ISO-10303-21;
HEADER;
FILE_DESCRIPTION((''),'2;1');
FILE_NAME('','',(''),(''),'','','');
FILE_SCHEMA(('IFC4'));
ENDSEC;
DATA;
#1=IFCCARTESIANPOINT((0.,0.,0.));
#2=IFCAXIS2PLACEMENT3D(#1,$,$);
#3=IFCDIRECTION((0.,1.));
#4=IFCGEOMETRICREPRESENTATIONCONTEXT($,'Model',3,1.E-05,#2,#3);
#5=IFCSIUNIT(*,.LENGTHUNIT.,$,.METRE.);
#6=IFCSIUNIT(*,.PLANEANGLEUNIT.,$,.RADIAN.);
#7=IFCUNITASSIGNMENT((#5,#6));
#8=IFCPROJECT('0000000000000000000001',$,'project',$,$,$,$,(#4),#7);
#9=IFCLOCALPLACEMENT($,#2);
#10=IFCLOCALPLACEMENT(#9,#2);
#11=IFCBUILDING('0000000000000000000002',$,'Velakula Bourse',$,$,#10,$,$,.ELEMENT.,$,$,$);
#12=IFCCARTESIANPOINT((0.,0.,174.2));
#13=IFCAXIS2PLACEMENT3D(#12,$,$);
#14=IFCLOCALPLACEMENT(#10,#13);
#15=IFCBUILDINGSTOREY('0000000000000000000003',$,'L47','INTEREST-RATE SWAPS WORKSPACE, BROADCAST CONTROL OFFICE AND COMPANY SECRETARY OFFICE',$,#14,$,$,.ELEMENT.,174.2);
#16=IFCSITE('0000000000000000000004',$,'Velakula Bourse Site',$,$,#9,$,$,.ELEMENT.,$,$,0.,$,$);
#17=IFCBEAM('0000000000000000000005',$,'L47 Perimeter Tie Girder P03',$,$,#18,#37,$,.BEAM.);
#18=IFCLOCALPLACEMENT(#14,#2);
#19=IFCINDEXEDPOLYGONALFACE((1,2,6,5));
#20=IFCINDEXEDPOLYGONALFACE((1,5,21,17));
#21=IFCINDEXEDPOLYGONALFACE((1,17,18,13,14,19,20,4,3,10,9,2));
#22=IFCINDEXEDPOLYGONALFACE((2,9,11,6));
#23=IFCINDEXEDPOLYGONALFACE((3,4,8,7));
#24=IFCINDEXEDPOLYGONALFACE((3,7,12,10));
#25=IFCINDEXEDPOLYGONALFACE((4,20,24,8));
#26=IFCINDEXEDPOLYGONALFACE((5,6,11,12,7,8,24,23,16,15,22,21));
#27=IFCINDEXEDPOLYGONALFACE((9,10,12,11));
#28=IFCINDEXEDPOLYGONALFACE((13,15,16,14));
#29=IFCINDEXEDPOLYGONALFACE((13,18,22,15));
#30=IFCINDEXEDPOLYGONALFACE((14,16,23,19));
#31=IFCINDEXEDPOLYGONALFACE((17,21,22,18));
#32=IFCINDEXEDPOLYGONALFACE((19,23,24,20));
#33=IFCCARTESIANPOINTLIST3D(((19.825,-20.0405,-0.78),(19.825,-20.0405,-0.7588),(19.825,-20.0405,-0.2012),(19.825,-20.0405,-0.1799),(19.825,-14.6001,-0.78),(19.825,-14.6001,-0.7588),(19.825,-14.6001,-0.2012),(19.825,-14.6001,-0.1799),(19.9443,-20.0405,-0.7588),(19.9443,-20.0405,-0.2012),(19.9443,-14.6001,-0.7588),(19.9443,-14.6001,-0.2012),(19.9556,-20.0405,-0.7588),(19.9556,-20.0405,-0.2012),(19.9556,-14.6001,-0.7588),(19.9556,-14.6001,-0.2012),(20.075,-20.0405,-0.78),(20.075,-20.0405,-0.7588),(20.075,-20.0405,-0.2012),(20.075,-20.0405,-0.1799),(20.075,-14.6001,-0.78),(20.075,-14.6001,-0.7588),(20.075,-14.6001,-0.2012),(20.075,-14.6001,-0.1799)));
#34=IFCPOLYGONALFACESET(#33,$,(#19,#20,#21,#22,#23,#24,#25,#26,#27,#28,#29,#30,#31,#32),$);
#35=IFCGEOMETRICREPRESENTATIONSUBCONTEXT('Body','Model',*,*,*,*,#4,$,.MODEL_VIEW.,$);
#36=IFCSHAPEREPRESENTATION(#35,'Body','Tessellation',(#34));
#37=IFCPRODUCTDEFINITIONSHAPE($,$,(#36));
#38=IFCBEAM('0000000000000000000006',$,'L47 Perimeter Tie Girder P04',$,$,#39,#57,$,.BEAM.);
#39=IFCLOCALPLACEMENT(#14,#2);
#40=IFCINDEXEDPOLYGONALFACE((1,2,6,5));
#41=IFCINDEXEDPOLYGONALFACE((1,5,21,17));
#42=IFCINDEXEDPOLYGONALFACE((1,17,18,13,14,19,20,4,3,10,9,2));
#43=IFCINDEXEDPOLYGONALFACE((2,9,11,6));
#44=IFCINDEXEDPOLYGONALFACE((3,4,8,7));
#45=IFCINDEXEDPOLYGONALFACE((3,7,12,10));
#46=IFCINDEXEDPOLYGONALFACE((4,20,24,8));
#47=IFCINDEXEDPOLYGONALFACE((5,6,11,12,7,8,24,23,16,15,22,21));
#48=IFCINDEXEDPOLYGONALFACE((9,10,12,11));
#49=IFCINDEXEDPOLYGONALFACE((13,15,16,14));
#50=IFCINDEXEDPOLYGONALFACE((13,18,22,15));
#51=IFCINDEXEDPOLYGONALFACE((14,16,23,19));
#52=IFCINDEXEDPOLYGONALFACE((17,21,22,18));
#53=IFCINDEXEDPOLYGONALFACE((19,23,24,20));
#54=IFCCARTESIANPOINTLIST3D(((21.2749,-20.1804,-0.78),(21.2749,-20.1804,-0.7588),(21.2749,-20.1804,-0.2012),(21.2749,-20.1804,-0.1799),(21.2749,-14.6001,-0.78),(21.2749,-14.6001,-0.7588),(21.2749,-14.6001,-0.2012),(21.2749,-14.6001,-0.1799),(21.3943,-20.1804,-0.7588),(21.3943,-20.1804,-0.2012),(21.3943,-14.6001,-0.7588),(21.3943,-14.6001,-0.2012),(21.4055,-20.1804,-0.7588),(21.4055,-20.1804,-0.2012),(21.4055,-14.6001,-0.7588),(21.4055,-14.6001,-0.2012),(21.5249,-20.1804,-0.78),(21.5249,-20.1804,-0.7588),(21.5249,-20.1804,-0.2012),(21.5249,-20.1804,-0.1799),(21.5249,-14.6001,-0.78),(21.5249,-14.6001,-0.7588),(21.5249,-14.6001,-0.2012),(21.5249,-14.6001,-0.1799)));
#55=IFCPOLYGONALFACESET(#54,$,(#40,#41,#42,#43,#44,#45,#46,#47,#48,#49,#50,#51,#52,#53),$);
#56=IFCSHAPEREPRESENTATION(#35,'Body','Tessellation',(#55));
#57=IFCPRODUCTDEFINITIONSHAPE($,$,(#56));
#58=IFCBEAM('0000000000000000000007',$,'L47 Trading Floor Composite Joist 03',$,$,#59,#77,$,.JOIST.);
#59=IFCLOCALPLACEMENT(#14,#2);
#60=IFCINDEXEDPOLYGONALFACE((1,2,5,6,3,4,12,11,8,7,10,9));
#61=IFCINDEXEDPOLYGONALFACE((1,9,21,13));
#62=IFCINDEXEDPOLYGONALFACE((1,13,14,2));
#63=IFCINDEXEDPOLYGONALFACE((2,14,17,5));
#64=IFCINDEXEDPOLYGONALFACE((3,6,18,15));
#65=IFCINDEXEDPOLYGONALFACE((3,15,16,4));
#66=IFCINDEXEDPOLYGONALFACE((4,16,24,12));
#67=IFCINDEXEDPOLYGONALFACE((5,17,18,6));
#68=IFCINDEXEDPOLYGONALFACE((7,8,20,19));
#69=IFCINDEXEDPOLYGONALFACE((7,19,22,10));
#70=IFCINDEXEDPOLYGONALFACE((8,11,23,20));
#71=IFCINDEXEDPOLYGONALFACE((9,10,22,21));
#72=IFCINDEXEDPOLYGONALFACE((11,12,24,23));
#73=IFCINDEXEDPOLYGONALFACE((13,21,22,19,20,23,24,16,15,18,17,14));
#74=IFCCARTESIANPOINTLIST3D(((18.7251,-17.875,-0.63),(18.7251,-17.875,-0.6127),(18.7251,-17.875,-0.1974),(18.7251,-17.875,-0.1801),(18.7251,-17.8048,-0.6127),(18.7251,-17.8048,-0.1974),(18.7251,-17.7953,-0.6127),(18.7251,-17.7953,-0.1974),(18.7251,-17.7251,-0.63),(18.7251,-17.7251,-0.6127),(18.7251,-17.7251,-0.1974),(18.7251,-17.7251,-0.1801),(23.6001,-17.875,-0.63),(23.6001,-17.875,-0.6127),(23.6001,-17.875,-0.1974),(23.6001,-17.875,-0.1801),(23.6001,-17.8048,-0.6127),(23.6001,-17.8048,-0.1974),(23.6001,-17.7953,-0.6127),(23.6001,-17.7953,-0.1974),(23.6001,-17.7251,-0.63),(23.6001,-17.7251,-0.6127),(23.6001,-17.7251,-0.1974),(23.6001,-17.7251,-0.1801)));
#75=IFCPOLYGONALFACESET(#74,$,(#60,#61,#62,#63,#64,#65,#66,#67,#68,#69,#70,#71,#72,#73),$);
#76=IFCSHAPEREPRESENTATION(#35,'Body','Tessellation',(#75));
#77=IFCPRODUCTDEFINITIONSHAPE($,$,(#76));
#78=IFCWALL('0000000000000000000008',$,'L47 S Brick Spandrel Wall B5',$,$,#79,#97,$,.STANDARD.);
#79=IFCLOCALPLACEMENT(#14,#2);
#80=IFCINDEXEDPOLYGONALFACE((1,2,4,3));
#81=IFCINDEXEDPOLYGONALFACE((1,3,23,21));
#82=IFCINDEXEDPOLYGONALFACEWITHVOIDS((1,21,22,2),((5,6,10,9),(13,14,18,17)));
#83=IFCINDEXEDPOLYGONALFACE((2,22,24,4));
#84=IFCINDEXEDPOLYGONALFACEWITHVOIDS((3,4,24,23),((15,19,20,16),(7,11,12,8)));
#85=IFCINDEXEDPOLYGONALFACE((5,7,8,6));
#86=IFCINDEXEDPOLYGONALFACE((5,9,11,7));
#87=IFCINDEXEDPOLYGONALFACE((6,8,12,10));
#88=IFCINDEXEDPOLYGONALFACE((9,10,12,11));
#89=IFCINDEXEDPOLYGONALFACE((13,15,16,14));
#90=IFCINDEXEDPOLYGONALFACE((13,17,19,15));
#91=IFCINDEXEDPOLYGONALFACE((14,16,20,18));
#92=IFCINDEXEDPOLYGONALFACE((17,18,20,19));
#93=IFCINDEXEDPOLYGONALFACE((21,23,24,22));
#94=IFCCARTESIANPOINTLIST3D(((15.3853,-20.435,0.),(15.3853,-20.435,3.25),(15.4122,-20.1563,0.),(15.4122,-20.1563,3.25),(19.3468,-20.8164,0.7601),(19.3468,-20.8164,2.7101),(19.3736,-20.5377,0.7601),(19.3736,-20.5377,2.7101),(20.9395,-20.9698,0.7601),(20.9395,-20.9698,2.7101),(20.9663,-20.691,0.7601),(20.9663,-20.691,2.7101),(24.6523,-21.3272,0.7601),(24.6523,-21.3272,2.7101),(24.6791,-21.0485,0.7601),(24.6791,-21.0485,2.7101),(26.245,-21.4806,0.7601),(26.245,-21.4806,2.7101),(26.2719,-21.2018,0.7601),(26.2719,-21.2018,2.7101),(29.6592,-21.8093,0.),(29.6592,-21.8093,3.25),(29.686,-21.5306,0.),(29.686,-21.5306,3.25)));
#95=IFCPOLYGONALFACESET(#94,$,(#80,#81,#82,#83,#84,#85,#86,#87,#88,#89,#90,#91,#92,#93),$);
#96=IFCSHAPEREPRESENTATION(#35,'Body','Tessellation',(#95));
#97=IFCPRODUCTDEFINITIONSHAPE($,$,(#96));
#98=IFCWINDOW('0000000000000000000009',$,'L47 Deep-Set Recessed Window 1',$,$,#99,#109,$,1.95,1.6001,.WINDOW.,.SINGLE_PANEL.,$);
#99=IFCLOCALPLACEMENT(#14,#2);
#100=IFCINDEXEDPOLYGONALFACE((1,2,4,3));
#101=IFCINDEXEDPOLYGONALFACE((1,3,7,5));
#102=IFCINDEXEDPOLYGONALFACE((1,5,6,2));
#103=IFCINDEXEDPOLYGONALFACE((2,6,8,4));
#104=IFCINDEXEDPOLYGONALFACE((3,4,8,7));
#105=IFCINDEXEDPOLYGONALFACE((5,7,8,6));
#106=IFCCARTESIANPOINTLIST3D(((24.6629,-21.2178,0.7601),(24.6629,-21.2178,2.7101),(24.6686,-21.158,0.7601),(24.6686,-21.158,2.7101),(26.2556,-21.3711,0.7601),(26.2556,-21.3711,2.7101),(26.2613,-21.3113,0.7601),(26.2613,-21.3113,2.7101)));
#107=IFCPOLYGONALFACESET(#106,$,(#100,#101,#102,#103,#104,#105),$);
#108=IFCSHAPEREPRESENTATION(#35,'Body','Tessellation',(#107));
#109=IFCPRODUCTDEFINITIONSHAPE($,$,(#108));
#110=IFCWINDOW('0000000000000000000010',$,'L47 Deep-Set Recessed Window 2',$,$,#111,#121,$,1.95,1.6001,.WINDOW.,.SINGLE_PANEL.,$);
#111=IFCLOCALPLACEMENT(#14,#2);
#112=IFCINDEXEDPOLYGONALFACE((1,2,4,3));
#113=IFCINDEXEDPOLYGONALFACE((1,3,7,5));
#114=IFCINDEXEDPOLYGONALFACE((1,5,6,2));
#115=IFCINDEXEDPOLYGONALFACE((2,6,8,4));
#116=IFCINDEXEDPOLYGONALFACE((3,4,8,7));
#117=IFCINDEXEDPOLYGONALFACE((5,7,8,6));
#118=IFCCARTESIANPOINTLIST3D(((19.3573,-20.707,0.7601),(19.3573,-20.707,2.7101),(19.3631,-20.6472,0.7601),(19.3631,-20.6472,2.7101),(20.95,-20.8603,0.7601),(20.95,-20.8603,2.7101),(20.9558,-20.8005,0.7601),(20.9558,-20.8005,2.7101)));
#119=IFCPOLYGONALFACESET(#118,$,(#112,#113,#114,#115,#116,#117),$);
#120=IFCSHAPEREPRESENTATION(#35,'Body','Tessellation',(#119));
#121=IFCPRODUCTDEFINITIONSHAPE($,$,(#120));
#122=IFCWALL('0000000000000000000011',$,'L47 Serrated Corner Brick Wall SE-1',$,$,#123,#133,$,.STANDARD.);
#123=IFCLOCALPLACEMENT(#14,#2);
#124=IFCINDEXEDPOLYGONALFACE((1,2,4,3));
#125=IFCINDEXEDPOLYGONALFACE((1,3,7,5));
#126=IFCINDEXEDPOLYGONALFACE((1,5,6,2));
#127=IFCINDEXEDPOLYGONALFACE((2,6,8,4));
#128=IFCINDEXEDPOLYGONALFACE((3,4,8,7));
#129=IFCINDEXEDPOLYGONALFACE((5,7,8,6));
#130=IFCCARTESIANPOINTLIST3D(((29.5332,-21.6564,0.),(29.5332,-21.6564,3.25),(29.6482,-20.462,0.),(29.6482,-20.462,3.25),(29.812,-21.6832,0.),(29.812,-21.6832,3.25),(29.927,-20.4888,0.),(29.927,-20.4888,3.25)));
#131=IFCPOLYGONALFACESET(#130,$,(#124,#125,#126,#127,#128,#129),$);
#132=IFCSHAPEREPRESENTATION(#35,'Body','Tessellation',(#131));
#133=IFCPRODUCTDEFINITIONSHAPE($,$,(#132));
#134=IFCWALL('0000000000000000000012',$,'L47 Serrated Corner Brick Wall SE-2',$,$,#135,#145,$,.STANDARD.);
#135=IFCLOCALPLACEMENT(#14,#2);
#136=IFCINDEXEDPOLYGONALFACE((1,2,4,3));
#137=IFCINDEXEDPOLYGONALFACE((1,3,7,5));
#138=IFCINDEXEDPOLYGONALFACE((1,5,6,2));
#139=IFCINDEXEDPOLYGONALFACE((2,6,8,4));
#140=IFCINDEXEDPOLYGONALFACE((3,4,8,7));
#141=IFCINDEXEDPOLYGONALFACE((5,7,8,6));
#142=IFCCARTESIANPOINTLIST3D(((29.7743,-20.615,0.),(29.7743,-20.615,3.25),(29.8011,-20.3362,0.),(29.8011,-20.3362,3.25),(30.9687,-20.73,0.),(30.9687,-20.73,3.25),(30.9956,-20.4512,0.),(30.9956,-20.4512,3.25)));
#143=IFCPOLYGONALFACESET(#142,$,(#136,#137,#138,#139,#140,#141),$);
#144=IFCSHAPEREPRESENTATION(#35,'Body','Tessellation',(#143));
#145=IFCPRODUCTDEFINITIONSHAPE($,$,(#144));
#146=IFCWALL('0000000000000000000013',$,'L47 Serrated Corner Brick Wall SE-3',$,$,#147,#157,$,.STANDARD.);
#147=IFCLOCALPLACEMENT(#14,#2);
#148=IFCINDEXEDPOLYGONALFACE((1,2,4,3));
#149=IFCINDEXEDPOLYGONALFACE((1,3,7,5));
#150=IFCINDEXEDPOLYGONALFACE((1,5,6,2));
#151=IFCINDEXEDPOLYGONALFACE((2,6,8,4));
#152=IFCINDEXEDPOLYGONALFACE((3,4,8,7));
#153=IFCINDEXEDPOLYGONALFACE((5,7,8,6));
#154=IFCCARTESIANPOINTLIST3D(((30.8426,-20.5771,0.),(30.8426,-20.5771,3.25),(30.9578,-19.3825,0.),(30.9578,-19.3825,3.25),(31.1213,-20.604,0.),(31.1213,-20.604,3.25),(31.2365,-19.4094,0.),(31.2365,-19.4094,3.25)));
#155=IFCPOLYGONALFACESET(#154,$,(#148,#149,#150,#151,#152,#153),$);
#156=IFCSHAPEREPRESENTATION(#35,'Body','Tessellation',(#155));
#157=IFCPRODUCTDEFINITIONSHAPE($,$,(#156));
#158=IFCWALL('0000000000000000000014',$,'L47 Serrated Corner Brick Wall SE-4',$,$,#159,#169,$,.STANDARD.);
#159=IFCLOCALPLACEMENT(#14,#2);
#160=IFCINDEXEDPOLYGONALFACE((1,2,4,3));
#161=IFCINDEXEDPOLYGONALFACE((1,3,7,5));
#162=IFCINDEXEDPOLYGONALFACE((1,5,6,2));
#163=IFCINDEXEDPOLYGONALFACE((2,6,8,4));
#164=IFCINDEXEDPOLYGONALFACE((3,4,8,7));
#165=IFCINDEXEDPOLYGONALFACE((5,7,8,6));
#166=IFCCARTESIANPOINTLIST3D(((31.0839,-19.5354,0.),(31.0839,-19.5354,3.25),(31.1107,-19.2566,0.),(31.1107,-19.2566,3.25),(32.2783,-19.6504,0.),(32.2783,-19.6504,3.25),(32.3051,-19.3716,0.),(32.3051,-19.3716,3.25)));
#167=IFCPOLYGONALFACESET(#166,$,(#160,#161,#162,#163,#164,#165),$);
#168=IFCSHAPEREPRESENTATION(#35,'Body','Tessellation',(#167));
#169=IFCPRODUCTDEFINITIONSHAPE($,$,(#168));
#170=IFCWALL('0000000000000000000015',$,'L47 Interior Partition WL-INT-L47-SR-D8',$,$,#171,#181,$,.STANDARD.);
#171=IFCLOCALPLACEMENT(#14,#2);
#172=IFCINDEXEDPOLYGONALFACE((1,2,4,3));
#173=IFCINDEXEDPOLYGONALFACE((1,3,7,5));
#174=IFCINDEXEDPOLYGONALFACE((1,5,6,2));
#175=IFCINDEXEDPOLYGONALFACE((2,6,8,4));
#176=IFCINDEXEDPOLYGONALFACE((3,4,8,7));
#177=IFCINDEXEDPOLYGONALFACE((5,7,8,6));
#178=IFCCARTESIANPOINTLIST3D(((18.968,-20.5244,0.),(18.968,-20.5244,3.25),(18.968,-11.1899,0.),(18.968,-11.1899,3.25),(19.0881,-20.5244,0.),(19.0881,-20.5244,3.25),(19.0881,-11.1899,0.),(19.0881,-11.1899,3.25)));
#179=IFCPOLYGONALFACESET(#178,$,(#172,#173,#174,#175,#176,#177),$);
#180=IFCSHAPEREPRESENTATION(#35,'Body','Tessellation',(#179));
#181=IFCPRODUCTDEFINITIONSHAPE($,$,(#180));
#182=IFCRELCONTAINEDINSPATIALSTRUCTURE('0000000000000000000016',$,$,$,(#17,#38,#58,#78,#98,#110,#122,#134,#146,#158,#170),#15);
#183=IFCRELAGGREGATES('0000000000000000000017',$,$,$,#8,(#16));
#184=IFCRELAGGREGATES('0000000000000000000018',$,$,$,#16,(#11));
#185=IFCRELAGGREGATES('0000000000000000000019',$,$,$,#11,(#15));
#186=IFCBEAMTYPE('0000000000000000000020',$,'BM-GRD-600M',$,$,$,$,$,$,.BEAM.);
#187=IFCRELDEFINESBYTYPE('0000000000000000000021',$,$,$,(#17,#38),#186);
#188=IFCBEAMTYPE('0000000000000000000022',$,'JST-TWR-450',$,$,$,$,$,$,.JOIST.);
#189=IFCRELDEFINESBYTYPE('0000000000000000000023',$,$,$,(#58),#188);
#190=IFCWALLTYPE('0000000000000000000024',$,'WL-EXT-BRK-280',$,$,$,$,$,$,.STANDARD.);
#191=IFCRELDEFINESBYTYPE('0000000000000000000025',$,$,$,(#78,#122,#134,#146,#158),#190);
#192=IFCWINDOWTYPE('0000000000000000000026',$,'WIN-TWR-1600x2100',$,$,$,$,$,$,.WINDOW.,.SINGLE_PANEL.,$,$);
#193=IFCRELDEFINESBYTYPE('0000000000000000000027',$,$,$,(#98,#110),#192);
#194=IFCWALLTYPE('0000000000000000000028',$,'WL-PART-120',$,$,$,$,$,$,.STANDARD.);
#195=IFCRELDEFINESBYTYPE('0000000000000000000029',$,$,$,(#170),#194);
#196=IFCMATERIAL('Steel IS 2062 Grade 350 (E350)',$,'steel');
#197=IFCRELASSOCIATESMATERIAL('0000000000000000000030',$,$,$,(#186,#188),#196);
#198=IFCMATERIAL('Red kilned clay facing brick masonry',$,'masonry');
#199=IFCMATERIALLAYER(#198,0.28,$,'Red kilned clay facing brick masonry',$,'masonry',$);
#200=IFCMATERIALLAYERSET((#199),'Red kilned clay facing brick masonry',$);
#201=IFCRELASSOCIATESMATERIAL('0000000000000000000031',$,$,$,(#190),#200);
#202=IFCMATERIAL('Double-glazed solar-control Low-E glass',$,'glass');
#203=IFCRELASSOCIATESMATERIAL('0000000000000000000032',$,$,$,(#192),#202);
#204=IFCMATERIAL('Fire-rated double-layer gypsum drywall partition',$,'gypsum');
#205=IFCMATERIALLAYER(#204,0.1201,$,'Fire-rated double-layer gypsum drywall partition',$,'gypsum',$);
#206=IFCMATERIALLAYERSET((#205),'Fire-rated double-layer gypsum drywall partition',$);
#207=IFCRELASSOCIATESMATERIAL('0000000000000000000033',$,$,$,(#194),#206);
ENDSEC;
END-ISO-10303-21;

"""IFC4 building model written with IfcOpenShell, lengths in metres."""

from ifc_helpers import new_model, si_unit, direction, frame, frame_2d, origin, origin_2d, place, context, subcontext, project, spatial, rectangle, i_section, extrude, material, layer, layer_set, material_profile, profile_set, type_object, element, fill, save


model = new_model("IFC4")

# Units and contexts
model_context = context("Model", 3, precision=1e-05, world=origin(), true_north=direction((0.0, 1.0)))
body_context = subcontext(model_context, "Body", "Model", "MODEL_VIEW")
ifc_project = project(units=[si_unit("LENGTHUNIT", "METRE"), si_unit("PLANEANGLEUNIT", "RADIAN")], contexts=[model_context])

# Site, building, storey
site_placement = place(None, origin())
site = spatial("IfcSite", under=ifc_project, at=site_placement, Name="Velakula Bourse Site", CompositionType="ELEMENT", RefElevation=0.0)
building_placement = place(site_placement, origin())
building = spatial("IfcBuilding", under=site, at=building_placement, Name="Velakula Bourse", CompositionType="ELEMENT")
storey_placement = place(building_placement, frame((0.0, 0.0, 174.2)))
storey = spatial("IfcBuildingStorey", under=building, at=storey_placement, Name="L47", Description="INTEREST-RATE SWAPS WORKSPACE, BROADCAST CONTROL OFFICE AND COMPANY SECRETARY OFFICE", CompositionType="ELEMENT", Elevation=174.2)

# Shared definitions
ifc_material_1 = material(Name="Steel IS 2062 Grade 350 (E350)", Category="steel")

# Beams
ifc_material_profile_1 = material_profile(ifc_material_1, i_section(OverallWidth=0.25, OverallDepth=0.6001, WebThickness=0.0112, FlangeThickness=0.0212, at=origin_2d()), Name="Steel IS 2062 Grade 350 (E350)")
ifc_profile_set_1 = profile_set([ifc_material_profile_1], Name="Steel IS 2062 Grade 350 (E350)")
beam_type_1 = type_object("IfcBeamType", Name="BM-GRD-600M", PredefinedType="BEAM", material=ifc_profile_set_1)
beam_1_placement = place(storey_placement, frame((19.95, -14.6001, -0.48), z_axis=(0.0, -1.0, 0.0), x_axis=(1.0, 0.0, 0.0)))
element("IfcBeam", 1, at=beam_1_placement, inside=storey, type_object=beam_type_1, Name="L47 Perimeter Tie Girder P03", PredefinedType="BEAM", context=body_context, shape_type="SweptSolid", body=[
    extrude(i_section(OverallWidth=0.25, OverallDepth=0.6001, WebThickness=0.0112, FlangeThickness=0.0212, at=origin_2d()), origin(), (0.0, 0.0, 1.0), 5.4404),
])
beam_2_placement = place(storey_placement, frame((21.3999, -14.6001, -0.48), z_axis=(0.0, -1.0, 0.0), x_axis=(1.0, 0.0, 0.0)))
element("IfcBeam", 2, at=beam_2_placement, inside=storey, type_object=beam_type_1, Name="L47 Perimeter Tie Girder P04", PredefinedType="BEAM", context=body_context, shape_type="SweptSolid", body=[
    extrude(i_section(OverallWidth=0.25, OverallDepth=0.6001, WebThickness=0.0112, FlangeThickness=0.0212, at=origin_2d()), origin(), (0.0, 0.0, 1.0), 5.5803),
])
ifc_material_profile_2 = material_profile(ifc_material_1, i_section(OverallWidth=0.1499, OverallDepth=0.45, WebThickness=0.0095, FlangeThickness=0.0173, at=origin_2d()), Name="Steel IS 2062 Grade 350 (E350)")
ifc_profile_set_2 = profile_set([ifc_material_profile_2], Name="Steel IS 2062 Grade 350 (E350)")
beam_type_2 = type_object("IfcBeamType", Name="JST-TWR-450", PredefinedType="JOIST", material=ifc_profile_set_2)
beam_3_placement = place(storey_placement, frame((18.7251, -17.8, -0.405), z_axis=(1.0, 0.0, 0.0), x_axis=(0.0, 1.0, 0.0)))
element("IfcBeam", 3, at=beam_3_placement, inside=storey, type_object=beam_type_2, Name="L47 Trading Floor Composite Joist 03", PredefinedType="JOIST", context=body_context, shape_type="SweptSolid", body=[
    extrude(i_section(OverallWidth=0.1499, OverallDepth=0.45, WebThickness=0.0095, FlangeThickness=0.0173, at=origin_2d()), origin(), (0.0, 0.0, 1.0), 4.875),
])

# Wall, openings, windows
ifc_material_2 = material(Name="Red kilned clay facing brick masonry", Category="masonry")
ifc_layer_1 = layer(ifc_material_2, 0.28, Name="Red kilned clay facing brick masonry", Category="masonry")
ifc_layer_set_1 = layer_set([ifc_layer_1], Name="Red kilned clay facing brick masonry")
wall_type_1 = type_object("IfcWallType", Name="WL-EXT-BRK-280", PredefinedType="STANDARD", material=ifc_layer_set_1)
wall_1_placement = place(storey_placement, frame((29.6726, -21.6699, 0.0), z_axis=(0.0, 0.0, 1.0), x_axis=(-0.995397, 0.095835, 0.0)))
wall_1 = element("IfcWall", 4, at=wall_1_placement, inside=storey, type_object=wall_type_1, Name="L47 S Brick Spandrel Wall B5", PredefinedType="STANDARD", context=body_context, shape_type="SweptSolid", body=[
    extrude(rectangle(XDim=14.3398, YDim=0.28, at=frame_2d((7.1699, 0.0))), origin(), (0.0, 0.0, 1.0), 3.25),
])
opening_1_placement = place(wall_1_placement, frame((3.4299, 0.0, 0.76)))
opening_1 = element("IfcOpeningElement", 5, at=opening_1_placement, cuts=wall_1, PredefinedType="OPENING", context=body_context, shape_type="SweptSolid", body=[
    extrude(rectangle(XDim=1.6001, YDim=1.95, at=frame_2d((0.8, 0.9751))), frame((0.0, 0.1499, 0.0), z_axis=(0.0, -1.0, 0.0), x_axis=(1.0, 0.0, 0.0)), (0.0, 0.0, 1.0), 0.3),
])
opening_2_placement = place(wall_1_placement, frame((8.76, 0.0, 0.76)))
opening_2 = element("IfcOpeningElement", 6, at=opening_2_placement, cuts=wall_1, PredefinedType="OPENING", context=body_context, shape_type="SweptSolid", body=[
    extrude(rectangle(XDim=1.6001, YDim=1.95, at=frame_2d((0.8, 0.9751))), frame((0.0, 0.1499, 0.0), z_axis=(0.0, -1.0, 0.0), x_axis=(1.0, 0.0, 0.0)), (0.0, 0.0, 1.0), 0.3),
])
ifc_material_3 = material(Name="Double-glazed solar-control Low-E glass", Category="glass")
window_type = type_object("IfcWindowType", Name="WIN-TWR-1600x2100", PartitioningType="SINGLE_PANEL", PredefinedType="WINDOW", material=ifc_material_3)
window_1_placement = place(opening_1_placement, origin())
window_1 = element("IfcWindow", 7, at=window_1_placement, inside=storey, type_object=window_type, Name="L47 Deep-Set Recessed Window 1", OverallHeight=1.95, OverallWidth=1.6001, PartitioningType="SINGLE_PANEL", PredefinedType="WINDOW", context=body_context, shape_type="SweptSolid", body=[
    extrude(rectangle(XDim=1.6001, YDim=1.95, at=frame_2d((0.8, 0.9751))), frame((0.0, 0.03, 0.0), z_axis=(0.0, -1.0, 0.0), x_axis=(1.0, 0.0, 0.0)), (0.0, 0.0, 1.0), 0.0601),
])
fill(opening_1, window_1)
window_2_placement = place(opening_2_placement, origin())
window_2 = element("IfcWindow", 8, at=window_2_placement, inside=storey, type_object=window_type, Name="L47 Deep-Set Recessed Window 2", OverallHeight=1.95, OverallWidth=1.6001, PartitioningType="SINGLE_PANEL", PredefinedType="WINDOW", context=body_context, shape_type="SweptSolid", body=[
    extrude(rectangle(XDim=1.6001, YDim=1.95, at=frame_2d((0.8, 0.9751))), frame((0.0, 0.03, 0.0), z_axis=(0.0, -1.0, 0.0), x_axis=(1.0, 0.0, 0.0)), (0.0, 0.0, 1.0), 0.0601),
])
fill(opening_2, window_2)

# Walls
for number, where, z_axis, x_axis, name in (
    (9, (29.6726, -21.6699, 0.0), (0.0, 0.0, 1.0), (0.095836, 0.995397, 0.0), "L47 Serrated Corner Brick Wall SE-1"),
    (10, (29.7876, -20.4756, 0.0), (0.0, 0.0, 1.0), (0.995397, -0.095836, 0.0), "L47 Serrated Corner Brick Wall SE-2"),
):
    element("IfcWall", number, at=place(storey_placement, frame(where, z_axis=z_axis, x_axis=x_axis)), inside=storey, type_object=wall_type_1, Name=name, PredefinedType="STANDARD", context=body_context, shape_type="SweptSolid", body=[
        extrude(rectangle(XDim=1.2, YDim=0.28, at=frame_2d((0.6001, 0.0))), origin(), (0.0, 0.0, 1.0), 3.25),
    ])
wall_2_placement = place(storey_placement, frame((30.9819, -20.5906, 0.0), z_axis=(0.0, 0.0, 1.0), x_axis=(0.096019, 0.99538, 0.0)))
element("IfcWall", 11, at=wall_2_placement, inside=storey, type_object=wall_type_1, Name="L47 Serrated Corner Brick Wall SE-3", PredefinedType="STANDARD", context=body_context, shape_type="SweptSolid", body=[
    extrude(rectangle(XDim=1.2002, YDim=0.28, at=frame_2d((0.6001, 0.0))), origin(), (0.0, 0.0, 1.0), 3.25),
])
wall_3_placement = place(storey_placement, frame((31.0972, -19.396, 0.0), z_axis=(0.0, 0.0, 1.0), x_axis=(0.995397, -0.095836, 0.0)))
element("IfcWall", 12, at=wall_3_placement, inside=storey, type_object=wall_type_1, Name="L47 Serrated Corner Brick Wall SE-4", PredefinedType="STANDARD", context=body_context, shape_type="SweptSolid", body=[
    extrude(rectangle(XDim=1.2, YDim=0.28, at=frame_2d((0.6001, 0.0))), origin(), (0.0, 0.0, 1.0), 3.25),
])
ifc_material_4 = material(Name="Fire-rated double-layer gypsum drywall partition", Category="gypsum")
ifc_layer_2 = layer(ifc_material_4, 0.1201, Name="Fire-rated double-layer gypsum drywall partition", Category="gypsum")
ifc_layer_set_2 = layer_set([ifc_layer_2], Name="Fire-rated double-layer gypsum drywall partition")
wall_type_2 = type_object("IfcWallType", Name="WL-PART-120", PredefinedType="STANDARD", material=ifc_layer_set_2)
wall_4_placement = place(storey_placement, frame((19.0281, -20.5244, 0.0), z_axis=(0.0, 0.0, 1.0), x_axis=(0.0, 1.0, 0.0)))
element("IfcWall", 13, at=wall_4_placement, inside=storey, type_object=wall_type_2, Name="L47 Interior Partition WL-INT-L47-SR-D8", PredefinedType="STANDARD", context=body_context, shape_type="SweptSolid", body=[
    extrude(rectangle(XDim=9.3345, YDim=0.1201, at=frame_2d((4.6672, 0.0))), origin(), (0.0, 0.0, 1.0), 3.25),
])

save(model, "model.ifc")
